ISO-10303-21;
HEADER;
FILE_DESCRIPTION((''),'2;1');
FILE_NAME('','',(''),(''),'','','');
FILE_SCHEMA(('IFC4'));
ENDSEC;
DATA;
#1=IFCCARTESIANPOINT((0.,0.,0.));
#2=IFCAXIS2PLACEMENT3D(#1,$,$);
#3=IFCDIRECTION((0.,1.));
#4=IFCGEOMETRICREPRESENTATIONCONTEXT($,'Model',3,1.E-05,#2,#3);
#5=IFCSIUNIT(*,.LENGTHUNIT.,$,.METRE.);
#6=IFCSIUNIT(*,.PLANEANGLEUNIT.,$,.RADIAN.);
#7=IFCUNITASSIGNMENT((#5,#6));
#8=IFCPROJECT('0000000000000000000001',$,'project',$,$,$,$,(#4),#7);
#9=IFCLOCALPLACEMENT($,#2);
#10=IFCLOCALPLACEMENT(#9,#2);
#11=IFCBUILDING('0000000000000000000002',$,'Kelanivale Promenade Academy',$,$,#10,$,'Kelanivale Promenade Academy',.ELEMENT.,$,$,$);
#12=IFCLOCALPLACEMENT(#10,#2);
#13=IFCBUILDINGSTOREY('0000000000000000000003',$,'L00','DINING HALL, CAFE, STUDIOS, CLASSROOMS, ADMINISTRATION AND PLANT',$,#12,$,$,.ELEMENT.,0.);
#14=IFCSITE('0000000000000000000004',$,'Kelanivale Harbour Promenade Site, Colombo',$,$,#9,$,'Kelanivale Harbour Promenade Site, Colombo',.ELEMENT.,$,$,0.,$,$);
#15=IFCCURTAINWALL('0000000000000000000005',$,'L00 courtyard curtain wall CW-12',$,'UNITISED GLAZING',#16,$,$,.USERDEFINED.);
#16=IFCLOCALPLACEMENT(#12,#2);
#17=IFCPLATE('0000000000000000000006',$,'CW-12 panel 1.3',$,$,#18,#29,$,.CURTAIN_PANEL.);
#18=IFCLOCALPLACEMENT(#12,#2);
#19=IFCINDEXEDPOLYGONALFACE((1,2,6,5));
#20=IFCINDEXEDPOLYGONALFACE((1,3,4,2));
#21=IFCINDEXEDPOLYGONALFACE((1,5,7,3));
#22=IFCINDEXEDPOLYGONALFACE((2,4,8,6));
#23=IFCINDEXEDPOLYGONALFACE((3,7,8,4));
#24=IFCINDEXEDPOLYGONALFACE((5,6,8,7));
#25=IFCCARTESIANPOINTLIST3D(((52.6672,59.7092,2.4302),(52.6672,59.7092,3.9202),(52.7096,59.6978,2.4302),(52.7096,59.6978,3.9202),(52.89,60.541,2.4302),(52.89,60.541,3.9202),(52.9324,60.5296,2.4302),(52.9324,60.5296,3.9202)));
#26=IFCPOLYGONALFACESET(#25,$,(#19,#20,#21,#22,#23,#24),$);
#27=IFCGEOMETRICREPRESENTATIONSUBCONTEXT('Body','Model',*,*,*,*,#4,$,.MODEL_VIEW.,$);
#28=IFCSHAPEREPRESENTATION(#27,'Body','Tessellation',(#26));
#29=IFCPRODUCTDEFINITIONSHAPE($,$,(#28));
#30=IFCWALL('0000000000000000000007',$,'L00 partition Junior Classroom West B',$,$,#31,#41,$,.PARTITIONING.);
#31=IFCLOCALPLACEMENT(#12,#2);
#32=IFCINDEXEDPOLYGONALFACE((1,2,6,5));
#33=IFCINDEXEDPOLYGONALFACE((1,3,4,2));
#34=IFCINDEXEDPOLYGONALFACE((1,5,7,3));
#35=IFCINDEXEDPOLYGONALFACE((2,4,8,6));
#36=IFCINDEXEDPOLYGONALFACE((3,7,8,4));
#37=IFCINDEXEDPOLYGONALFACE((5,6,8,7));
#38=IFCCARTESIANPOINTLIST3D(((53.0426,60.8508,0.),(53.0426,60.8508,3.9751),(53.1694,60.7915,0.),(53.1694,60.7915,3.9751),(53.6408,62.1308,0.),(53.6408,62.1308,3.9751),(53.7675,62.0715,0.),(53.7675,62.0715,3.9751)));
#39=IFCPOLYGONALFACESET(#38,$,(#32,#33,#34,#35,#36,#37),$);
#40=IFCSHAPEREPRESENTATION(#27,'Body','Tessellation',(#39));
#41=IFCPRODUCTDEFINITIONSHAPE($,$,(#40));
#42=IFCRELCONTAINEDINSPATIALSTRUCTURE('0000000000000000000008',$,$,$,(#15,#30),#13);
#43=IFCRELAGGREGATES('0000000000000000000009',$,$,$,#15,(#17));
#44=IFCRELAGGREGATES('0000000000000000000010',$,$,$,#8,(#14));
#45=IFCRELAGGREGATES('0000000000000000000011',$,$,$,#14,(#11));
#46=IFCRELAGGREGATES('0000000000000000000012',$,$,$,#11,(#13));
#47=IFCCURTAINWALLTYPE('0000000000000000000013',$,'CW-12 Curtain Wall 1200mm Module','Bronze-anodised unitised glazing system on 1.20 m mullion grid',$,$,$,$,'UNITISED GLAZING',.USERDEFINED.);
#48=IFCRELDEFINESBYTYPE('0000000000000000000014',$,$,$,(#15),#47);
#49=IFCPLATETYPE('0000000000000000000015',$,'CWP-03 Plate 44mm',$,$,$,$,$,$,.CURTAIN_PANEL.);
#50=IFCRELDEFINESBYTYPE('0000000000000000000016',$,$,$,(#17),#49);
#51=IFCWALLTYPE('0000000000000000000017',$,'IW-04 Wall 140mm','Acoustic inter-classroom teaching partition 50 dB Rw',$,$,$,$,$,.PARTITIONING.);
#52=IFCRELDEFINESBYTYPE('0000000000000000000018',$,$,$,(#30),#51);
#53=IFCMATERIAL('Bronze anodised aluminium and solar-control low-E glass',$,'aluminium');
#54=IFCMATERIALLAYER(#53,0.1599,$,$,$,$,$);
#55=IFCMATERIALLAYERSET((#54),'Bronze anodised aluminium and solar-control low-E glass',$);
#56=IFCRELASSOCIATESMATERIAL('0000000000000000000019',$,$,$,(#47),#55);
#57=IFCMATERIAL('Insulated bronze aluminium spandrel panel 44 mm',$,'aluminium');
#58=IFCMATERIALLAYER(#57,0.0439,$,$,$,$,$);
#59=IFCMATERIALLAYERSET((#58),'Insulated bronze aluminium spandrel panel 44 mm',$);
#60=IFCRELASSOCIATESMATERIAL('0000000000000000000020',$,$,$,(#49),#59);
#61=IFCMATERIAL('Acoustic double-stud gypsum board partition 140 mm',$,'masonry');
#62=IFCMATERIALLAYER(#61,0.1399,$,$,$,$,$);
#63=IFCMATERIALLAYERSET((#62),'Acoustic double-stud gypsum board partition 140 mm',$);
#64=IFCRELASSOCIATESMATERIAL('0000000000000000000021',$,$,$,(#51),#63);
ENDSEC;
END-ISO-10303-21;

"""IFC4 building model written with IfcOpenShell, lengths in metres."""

from ifc_helpers import new_model, si_unit, direction, frame, frame_2d, origin, origin_2d, place, context, subcontext, project, spatial, rectangle, extrude, material, layer, layer_set, type_object, element, aggregate, save


model = new_model("IFC4")

# Units and contexts
model_context = context("Model", 3, precision=1e-05, world=origin(), true_north=direction((0.0, 1.0)))
body_context = subcontext(model_context, "Body", "Model", "MODEL_VIEW")
ifc_project = project(units=[si_unit("LENGTHUNIT", "METRE"), si_unit("PLANEANGLEUNIT", "RADIAN")], contexts=[model_context])

# Site, building, storey
site_placement = place(None, origin())
site = spatial("IfcSite", under=ifc_project, at=site_placement, Name="Kelanivale Harbour Promenade Site, Colombo", LongName="Kelanivale Harbour Promenade Site, Colombo", CompositionType="ELEMENT", RefElevation=0.0)
building_placement = place(site_placement, origin())
building = spatial("IfcBuilding", under=site, at=building_placement, Name="Kelanivale Promenade Academy", LongName="Kelanivale Promenade Academy", CompositionType="ELEMENT")
storey_placement = place(building_placement, origin())
storey = spatial("IfcBuildingStorey", under=building, at=storey_placement, Name="L00", Description="DINING HALL, CAFE, STUDIOS, CLASSROOMS, ADMINISTRATION AND PLANT", CompositionType="ELEMENT", Elevation=0.0)

# Shared definitions
ifc_material_1 = material(Name="Bronze anodised aluminium and solar-control low-E glass", Category="aluminium")

# Curtain wall
ifc_layer_1 = layer(ifc_material_1, 0.1599)
ifc_layer_set_1 = layer_set([ifc_layer_1], Name="Bronze anodised aluminium and solar-control low-E glass")
curtain_wall_type_1 = type_object("IfcCurtainWallType", Name="CW-12 Curtain Wall 1200mm Module", Description="Bronze-anodised unitised glazing system on 1.20 m mullion grid", ElementType="UNITISED GLAZING", PredefinedType="USERDEFINED", material=ifc_layer_set_1)
curtain_wall_1_placement = place(storey_placement, origin())
curtain_wall_1 = element("IfcCurtainWall", 1, at=curtain_wall_1_placement, inside=storey, type_object=curtain_wall_type_1, Name="L00 courtyard curtain wall CW-12", ObjectType="UNITISED GLAZING", PredefinedType="USERDEFINED")

# Plate
ifc_material_2 = material(Name="Insulated bronze aluminium spandrel panel 44 mm", Category="aluminium")
ifc_layer_2 = layer(ifc_material_2, 0.0439)
ifc_layer_set_2 = layer_set([ifc_layer_2], Name="Insulated bronze aluminium spandrel panel 44 mm")
plate_type_1 = type_object("IfcPlateType", Name="CWP-03 Plate 44mm", PredefinedType="CURTAIN_PANEL", material=ifc_layer_set_2)
plate_1_placement = place(storey_placement, frame((52.7998, 60.1194, 2.4302), z_axis=(0.0, 0.0, 1.0), x_axis=(-0.258701, -0.965957, 0.0)))
plate_1 = element("IfcPlate", 2, at=plate_1_placement, type_object=plate_type_1, Name="CW-12 panel 1.3", PredefinedType="CURTAIN_PANEL", context=body_context, shape_type="SweptSolid", body=[
    extrude(rectangle(XDim=0.8611, YDim=0.0439, at=origin_2d()), origin(), (0.0, 0.0, 1.0), 1.49),
])
aggregate(curtain_wall_1, [plate_1])

# Wall
ifc_material_3 = material(Name="Acoustic double-stud gypsum board partition 140 mm", Category="masonry")
ifc_layer_3 = layer(ifc_material_3, 0.1399)
ifc_layer_set_3 = layer_set([ifc_layer_3], Name="Acoustic double-stud gypsum board partition 140 mm")
wall_type = type_object("IfcWallType", Name="IW-04 Wall 140mm", Description="Acoustic inter-classroom teaching partition 50 dB Rw", PredefinedType="PARTITIONING", material=ifc_layer_set_3)
wall_placement = place(storey_placement, frame((53.106, 60.821, 0.0), z_axis=(0.0, 0.0, 1.0), x_axis=(0.423349, 0.905967, 0.0)))
element("IfcWall", 3, at=wall_placement, inside=storey, type_object=wall_type, Name="L00 partition Junior Classroom West B", PredefinedType="PARTITIONING", context=body_context, shape_type="SweptSolid", body=[
    extrude(rectangle(XDim=1.4128, YDim=0.1399, at=frame_2d((0.7065, 0.0))), origin(), (0.0, 0.0, 1.0), 3.9751),
])

save(model, "model.ifc")
